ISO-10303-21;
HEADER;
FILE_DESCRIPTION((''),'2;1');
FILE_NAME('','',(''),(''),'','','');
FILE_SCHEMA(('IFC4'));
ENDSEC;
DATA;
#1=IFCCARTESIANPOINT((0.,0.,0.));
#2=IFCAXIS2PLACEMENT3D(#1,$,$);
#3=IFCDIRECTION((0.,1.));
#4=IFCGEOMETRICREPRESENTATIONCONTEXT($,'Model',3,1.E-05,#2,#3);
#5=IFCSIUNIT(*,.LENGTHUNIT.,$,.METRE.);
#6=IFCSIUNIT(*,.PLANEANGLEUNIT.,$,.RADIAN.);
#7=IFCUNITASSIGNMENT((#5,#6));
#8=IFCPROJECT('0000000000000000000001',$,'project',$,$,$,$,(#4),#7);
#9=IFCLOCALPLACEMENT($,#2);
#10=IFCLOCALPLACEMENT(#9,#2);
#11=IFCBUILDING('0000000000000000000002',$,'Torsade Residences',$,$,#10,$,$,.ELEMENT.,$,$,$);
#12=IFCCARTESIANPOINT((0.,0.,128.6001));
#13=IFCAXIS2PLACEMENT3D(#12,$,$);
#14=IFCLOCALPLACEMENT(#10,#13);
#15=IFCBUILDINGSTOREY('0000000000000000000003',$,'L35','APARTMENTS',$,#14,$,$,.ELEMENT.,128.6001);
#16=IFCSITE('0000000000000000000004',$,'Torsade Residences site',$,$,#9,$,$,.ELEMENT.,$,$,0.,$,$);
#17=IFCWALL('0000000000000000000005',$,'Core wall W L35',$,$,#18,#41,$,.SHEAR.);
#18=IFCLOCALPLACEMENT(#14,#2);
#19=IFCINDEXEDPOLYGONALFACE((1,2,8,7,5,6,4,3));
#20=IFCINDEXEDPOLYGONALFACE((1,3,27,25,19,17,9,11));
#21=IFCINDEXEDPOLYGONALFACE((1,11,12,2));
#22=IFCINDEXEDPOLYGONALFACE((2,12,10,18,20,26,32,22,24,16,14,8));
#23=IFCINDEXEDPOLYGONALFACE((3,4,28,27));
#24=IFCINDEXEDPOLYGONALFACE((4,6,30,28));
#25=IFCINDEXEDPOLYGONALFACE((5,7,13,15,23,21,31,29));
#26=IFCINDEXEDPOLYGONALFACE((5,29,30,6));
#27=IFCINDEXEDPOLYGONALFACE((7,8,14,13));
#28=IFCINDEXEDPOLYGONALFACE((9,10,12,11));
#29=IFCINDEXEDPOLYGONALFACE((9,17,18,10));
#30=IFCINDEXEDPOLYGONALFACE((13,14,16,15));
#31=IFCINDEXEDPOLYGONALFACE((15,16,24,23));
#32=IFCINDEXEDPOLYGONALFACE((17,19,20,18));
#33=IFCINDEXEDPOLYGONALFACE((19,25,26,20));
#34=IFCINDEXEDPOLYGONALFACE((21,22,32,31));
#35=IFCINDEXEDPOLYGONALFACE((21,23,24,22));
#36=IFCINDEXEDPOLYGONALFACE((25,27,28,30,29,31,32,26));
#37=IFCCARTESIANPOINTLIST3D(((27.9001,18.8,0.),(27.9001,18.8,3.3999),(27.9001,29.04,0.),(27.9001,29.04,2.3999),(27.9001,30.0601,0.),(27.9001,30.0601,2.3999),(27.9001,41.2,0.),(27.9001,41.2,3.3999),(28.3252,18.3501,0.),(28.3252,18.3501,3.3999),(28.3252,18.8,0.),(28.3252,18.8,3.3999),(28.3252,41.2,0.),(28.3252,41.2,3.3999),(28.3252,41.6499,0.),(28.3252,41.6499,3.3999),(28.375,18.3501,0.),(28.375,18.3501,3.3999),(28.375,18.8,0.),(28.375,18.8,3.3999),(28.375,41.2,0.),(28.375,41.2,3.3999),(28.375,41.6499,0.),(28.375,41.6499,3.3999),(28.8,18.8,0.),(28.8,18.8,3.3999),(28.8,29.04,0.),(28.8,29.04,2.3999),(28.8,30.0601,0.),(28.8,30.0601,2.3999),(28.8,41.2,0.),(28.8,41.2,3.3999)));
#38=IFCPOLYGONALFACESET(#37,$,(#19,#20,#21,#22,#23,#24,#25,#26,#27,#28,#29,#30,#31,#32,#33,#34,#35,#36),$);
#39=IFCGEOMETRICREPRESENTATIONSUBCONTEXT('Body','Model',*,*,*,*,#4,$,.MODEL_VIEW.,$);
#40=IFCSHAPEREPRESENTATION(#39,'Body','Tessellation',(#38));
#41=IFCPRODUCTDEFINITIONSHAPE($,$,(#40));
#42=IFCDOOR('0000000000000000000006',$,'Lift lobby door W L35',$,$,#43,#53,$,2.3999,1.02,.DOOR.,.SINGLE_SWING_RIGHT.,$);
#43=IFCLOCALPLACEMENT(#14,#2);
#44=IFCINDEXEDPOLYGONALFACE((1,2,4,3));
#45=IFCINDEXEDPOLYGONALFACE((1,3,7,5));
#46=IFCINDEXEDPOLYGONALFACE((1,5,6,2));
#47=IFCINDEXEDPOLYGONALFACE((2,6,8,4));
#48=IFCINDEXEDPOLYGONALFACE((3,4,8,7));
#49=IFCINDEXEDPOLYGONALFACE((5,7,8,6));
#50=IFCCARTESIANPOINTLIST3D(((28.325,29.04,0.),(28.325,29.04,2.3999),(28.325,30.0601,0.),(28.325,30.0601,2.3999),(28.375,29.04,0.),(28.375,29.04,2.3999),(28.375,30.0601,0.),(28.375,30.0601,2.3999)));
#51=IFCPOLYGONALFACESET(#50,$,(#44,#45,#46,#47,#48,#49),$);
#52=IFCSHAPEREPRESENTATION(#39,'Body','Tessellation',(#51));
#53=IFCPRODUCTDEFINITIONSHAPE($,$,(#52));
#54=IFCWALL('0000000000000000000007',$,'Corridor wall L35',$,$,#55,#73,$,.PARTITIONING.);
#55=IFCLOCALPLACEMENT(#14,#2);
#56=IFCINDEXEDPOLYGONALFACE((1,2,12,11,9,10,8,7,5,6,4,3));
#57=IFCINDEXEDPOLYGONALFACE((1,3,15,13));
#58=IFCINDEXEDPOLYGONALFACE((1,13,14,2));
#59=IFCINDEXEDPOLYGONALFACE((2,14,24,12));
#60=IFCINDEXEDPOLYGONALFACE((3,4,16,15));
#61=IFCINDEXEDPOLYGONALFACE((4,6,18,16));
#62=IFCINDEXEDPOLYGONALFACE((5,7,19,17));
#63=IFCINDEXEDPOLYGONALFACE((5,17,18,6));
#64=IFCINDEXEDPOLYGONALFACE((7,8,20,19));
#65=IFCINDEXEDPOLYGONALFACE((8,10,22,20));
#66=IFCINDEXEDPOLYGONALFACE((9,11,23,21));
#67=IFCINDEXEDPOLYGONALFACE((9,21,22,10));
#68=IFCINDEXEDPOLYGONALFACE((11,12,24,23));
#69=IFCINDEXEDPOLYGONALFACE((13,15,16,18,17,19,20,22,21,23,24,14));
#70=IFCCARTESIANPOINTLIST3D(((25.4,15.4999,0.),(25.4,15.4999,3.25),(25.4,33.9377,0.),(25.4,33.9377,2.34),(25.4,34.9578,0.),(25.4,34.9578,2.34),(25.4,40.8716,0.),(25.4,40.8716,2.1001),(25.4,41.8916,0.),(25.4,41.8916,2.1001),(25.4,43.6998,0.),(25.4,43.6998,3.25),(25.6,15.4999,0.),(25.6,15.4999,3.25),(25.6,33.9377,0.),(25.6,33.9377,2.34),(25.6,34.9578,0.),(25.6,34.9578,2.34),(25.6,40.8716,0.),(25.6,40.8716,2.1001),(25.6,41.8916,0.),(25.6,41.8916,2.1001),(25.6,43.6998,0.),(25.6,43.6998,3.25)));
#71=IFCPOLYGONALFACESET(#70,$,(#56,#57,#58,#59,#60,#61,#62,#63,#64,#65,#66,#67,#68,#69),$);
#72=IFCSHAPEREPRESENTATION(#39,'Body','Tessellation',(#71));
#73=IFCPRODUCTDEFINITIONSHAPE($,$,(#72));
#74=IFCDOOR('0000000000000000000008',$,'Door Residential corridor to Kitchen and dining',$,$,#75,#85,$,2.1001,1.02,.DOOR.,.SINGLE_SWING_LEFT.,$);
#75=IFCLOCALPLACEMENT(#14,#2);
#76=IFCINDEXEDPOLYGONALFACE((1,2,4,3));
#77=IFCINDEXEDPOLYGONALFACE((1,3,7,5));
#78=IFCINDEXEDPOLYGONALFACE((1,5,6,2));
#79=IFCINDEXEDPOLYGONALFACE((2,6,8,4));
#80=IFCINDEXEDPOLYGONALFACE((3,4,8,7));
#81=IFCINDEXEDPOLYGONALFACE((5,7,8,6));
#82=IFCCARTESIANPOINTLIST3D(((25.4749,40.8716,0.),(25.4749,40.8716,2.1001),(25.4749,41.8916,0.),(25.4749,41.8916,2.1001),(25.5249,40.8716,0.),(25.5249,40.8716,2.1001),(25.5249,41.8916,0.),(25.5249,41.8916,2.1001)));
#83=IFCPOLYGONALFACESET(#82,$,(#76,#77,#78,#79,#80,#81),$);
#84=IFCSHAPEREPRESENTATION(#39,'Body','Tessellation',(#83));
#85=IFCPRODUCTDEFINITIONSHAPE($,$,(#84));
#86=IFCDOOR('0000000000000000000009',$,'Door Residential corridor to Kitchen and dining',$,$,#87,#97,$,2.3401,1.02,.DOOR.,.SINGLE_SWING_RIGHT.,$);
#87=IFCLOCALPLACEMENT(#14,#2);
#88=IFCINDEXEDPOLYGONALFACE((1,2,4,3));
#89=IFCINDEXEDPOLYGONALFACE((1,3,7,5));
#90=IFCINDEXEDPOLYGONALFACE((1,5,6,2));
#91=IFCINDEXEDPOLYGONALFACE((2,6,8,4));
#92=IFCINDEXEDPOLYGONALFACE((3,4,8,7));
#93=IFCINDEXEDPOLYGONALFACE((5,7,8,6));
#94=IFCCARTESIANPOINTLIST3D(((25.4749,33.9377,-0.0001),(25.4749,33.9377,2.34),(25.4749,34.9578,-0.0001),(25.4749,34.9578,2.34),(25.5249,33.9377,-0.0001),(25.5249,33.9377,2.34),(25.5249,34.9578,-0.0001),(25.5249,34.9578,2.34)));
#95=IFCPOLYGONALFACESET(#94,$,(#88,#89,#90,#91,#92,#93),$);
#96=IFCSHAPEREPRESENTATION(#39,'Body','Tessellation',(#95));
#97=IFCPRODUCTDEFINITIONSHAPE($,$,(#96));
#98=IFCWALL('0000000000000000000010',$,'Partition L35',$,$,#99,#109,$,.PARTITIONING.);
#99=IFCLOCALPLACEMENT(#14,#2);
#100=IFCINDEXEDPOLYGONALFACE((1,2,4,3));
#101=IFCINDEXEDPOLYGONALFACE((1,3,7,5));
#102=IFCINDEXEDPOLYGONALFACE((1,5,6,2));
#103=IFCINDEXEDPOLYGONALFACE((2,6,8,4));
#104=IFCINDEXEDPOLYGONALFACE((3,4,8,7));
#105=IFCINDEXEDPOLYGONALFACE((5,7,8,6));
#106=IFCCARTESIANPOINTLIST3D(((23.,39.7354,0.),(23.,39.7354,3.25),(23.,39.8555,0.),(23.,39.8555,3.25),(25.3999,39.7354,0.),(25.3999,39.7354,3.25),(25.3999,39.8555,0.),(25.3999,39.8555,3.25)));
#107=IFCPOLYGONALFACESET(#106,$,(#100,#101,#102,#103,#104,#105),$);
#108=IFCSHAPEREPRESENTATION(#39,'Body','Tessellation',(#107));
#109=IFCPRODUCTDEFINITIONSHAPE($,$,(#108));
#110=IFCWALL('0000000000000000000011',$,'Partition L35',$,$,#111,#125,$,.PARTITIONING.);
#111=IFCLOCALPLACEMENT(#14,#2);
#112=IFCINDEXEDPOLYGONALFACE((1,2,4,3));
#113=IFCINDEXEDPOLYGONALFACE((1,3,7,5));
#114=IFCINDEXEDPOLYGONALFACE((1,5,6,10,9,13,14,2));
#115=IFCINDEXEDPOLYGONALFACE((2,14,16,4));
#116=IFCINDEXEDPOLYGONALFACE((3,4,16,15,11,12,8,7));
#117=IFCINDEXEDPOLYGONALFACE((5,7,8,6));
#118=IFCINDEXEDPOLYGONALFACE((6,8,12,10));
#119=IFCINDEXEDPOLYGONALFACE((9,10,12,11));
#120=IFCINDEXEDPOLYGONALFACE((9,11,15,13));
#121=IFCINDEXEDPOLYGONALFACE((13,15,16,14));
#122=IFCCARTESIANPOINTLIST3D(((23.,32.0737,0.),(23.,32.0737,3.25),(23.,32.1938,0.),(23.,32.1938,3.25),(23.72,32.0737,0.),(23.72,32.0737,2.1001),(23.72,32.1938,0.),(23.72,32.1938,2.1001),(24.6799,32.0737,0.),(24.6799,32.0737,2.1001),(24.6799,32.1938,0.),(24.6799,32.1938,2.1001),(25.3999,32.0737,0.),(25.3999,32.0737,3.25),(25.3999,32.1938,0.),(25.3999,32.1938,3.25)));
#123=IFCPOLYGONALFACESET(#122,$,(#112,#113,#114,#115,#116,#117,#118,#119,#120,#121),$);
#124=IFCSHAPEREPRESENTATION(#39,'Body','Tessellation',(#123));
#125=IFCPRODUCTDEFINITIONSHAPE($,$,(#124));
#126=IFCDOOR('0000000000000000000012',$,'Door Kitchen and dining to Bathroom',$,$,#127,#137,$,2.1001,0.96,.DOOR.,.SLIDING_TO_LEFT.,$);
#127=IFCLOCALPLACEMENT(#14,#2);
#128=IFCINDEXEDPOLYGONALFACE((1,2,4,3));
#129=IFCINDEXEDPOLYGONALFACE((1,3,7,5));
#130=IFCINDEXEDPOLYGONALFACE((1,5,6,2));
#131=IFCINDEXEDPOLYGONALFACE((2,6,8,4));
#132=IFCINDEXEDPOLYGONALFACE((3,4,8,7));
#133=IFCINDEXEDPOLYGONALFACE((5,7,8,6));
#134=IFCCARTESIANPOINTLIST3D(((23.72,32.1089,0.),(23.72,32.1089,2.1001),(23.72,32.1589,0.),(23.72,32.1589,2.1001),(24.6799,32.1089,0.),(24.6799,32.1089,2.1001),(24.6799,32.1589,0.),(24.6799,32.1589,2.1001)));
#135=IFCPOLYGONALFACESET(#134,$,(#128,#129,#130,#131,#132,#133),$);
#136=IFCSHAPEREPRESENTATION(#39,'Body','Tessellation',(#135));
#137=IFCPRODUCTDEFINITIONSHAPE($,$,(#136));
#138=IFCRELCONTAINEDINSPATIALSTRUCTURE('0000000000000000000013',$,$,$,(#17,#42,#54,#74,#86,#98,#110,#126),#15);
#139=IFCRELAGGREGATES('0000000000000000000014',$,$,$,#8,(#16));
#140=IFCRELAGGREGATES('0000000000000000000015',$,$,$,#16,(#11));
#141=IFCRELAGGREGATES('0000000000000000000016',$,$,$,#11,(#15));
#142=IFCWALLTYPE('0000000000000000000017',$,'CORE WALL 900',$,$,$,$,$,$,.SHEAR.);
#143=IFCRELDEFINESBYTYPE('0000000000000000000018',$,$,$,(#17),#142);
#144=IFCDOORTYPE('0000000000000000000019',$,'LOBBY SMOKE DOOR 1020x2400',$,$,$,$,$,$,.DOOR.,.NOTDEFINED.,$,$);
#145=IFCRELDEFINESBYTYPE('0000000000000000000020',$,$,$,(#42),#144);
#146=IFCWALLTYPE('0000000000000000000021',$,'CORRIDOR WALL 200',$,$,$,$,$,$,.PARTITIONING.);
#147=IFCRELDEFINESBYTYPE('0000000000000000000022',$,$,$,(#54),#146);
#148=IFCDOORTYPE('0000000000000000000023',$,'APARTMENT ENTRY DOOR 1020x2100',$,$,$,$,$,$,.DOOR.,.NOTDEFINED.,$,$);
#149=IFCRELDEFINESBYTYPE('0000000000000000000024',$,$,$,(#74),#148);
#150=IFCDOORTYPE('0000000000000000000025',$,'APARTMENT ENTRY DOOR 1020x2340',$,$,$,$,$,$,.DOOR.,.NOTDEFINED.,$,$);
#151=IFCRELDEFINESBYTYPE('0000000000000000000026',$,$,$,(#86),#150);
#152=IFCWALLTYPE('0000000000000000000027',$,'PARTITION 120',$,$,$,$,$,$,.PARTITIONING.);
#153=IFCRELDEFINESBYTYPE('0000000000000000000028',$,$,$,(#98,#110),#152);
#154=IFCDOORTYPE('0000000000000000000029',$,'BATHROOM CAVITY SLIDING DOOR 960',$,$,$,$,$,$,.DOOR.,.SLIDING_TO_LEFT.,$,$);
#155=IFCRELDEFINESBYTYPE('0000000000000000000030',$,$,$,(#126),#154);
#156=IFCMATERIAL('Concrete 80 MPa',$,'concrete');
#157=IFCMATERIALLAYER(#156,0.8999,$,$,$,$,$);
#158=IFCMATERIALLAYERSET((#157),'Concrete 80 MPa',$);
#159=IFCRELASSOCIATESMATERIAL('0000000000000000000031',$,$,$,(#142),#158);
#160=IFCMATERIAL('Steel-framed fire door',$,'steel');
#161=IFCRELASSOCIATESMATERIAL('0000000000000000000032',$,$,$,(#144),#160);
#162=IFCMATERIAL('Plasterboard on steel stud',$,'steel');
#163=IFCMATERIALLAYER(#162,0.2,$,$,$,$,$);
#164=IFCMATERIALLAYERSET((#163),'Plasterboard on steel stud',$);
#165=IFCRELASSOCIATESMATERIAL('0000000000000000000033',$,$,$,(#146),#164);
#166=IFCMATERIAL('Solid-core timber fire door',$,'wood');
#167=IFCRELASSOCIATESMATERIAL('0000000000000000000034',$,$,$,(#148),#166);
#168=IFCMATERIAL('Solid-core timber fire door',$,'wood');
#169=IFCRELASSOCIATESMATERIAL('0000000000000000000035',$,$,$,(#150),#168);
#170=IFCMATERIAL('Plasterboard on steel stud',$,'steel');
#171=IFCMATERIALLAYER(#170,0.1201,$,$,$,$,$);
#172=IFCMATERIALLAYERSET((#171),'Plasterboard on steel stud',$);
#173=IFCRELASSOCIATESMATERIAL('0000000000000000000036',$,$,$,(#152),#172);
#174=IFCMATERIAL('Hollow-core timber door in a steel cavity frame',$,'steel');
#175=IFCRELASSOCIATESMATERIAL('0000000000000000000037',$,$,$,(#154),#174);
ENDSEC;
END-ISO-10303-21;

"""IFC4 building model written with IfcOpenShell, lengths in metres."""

from ifc_helpers import new_model, si_unit, direction, frame, frame_2d, origin, place, context, subcontext, project, spatial, polyline, rectangle, outline, extrude, material, layer, layer_set, type_object, element, fill, save


model = new_model("IFC4")

# Units and contexts
model_context = context("Model", 3, precision=1e-05, world=origin(), true_north=direction((0.0, 1.0)))
body_context = subcontext(model_context, "Body", "Model", "MODEL_VIEW")
ifc_project = project(units=[si_unit("LENGTHUNIT", "METRE"), si_unit("PLANEANGLEUNIT", "RADIAN")], contexts=[model_context])

# Site, building, storey
site_placement = place(None, origin())
site = spatial("IfcSite", under=ifc_project, at=site_placement, Name="Torsade Residences site", CompositionType="ELEMENT", RefElevation=0.0)
building_placement = place(site_placement, origin())
building = spatial("IfcBuilding", under=site, at=building_placement, Name="Torsade Residences", CompositionType="ELEMENT")
storey_placement = place(building_placement, frame((0.0, 0.0, 128.6001)))
storey = spatial("IfcBuildingStorey", under=building, at=storey_placement, Name="L35", Description="APARTMENTS", CompositionType="ELEMENT", Elevation=128.6001)

# Shared definitions
ifc_material_1 = material(Name="Concrete 80 MPa", Category="concrete")
ifc_layer_1 = layer(ifc_material_1, 0.8999)
ifc_layer_set_1 = layer_set([ifc_layer_1], Name="Concrete 80 MPa")
wall_type_1 = type_object("IfcWallType", Name="CORE WALL 900", PredefinedType="SHEAR", material=ifc_layer_set_1)

# Wall, opening, door
wall_1_placement = place(storey_placement, frame((28.3501, 41.2, 0.0), z_axis=(0.0, 0.0, 1.0), x_axis=(0.0, -1.0, 0.0)))
wall_1 = element("IfcWall", 1, at=wall_1_placement, inside=storey, type_object=wall_type_1, Name="Core wall W L35", PredefinedType="SHEAR", context=body_context, shape_type="SweptSolid", body=[
    extrude(outline(polyline([(0.0, -0.45), (22.3999, -0.45), (22.3999, -0.0249), (22.8499, -0.0249), (22.8499, 0.0249), (22.3999, 0.0249), (22.3999, 0.45), (0.0, 0.45), (0.0, 0.0249), (-0.45, 0.0249), (-0.45, -0.0249), (0.0, -0.0249), (0.0, -0.45)])), origin(), (0.0, 0.0, 1.0), 3.3999),
])
opening_1_placement = place(wall_1_placement, frame((11.1399, 0.0, 0.0)))
opening_1 = element("IfcOpeningElement", 2, at=opening_1_placement, cuts=wall_1, PredefinedType="OPENING", context=body_context, shape_type="SweptSolid", body=[
    extrude(rectangle(XDim=1.02, YDim=2.3999, at=frame_2d((0.51, 1.2))), frame((0.0, 0.46, 0.0), z_axis=(0.0, -1.0, 0.0), x_axis=(1.0, 0.0, 0.0)), (0.0, 0.0, 1.0), 0.9199),
])
ifc_material_2 = material(Name="Steel-framed fire door", Category="steel")
door_type_1 = type_object("IfcDoorType", Name="LOBBY SMOKE DOOR 1020x2400", OperationType="NOTDEFINED", PredefinedType="DOOR", material=ifc_material_2)
door_1_placement = place(opening_1_placement, origin())
door_1 = element("IfcDoor", 3, at=door_1_placement, inside=storey, type_object=door_type_1, Name="Lift lobby door W L35", OperationType="SINGLE_SWING_RIGHT", OverallHeight=2.3999, OverallWidth=1.02, PredefinedType="DOOR", context=body_context, shape_type="SweptSolid", body=[
    extrude(rectangle(XDim=1.02, YDim=2.3999, at=frame_2d((0.51, 1.2))), frame((0.0, 0.0249, 0.0), z_axis=(0.0, -1.0, 0.0), x_axis=(1.0, 0.0, 0.0)), (0.0, 0.0, 1.0), 0.05),
])
fill(opening_1, door_1)

# Wall, openings, doors
ifc_material_3 = material(Name="Plasterboard on steel stud", Category="steel")
ifc_layer_2 = layer(ifc_material_3, 0.2)
ifc_layer_set_2 = layer_set([ifc_layer_2], Name="Plasterboard on steel stud")
wall_type_2 = type_object("IfcWallType", Name="CORRIDOR WALL 200", PredefinedType="PARTITIONING", material=ifc_layer_set_2)
wall_2_placement = place(storey_placement, frame((25.5, 43.7, 0.0), z_axis=(0.0, 0.0, 1.0), x_axis=(0.0, -1.0, 0.0)))
wall_2 = element("IfcWall", 4, at=wall_2_placement, inside=storey, type_object=wall_type_2, Name="Corridor wall L35", PredefinedType="PARTITIONING", context=body_context, shape_type="SweptSolid", body=[
    extrude(rectangle(XDim=28.2, YDim=0.2, at=frame_2d((14.1001, 0.0))), origin(), (0.0, 0.0, 1.0), 3.25),
])
opening_2_placement = place(wall_2_placement, frame((8.7422, 0.0, 0.0)))
opening_2 = element("IfcOpeningElement", 5, at=opening_2_placement, cuts=wall_2, PredefinedType="OPENING", context=body_context, shape_type="SweptSolid", body=[
    extrude(rectangle(XDim=1.02, YDim=2.3401, at=frame_2d((0.51, 1.1699))), frame((0.0, 0.1099, 0.0), z_axis=(0.0, -1.0, 0.0), x_axis=(1.0, 0.0, 0.0)), (0.0, 0.0, 1.0), 0.22),
])
opening_3_placement = place(wall_2_placement, frame((1.8083, 0.0, 0.0)))
opening_3 = element("IfcOpeningElement", 6, at=opening_3_placement, cuts=wall_2, PredefinedType="OPENING", context=body_context, shape_type="SweptSolid", body=[
    extrude(rectangle(XDim=1.02, YDim=2.1001, at=frame_2d((0.51, 1.05))), frame((0.0, 0.1099, 0.0), z_axis=(0.0, -1.0, 0.0), x_axis=(1.0, 0.0, 0.0)), (0.0, 0.0, 1.0), 0.22),
])
ifc_material_4 = material(Name="Solid-core timber fire door", Category="wood")
door_type_2 = type_object("IfcDoorType", Name="APARTMENT ENTRY DOOR 1020x2100", OperationType="NOTDEFINED", PredefinedType="DOOR", material=ifc_material_4)
door_2_placement = place(opening_3_placement, origin())
door_2 = element("IfcDoor", 7, at=door_2_placement, inside=storey, type_object=door_type_2, Name="Door Residential corridor to Kitchen and dining", OperationType="SINGLE_SWING_LEFT", OverallHeight=2.1001, OverallWidth=1.02, PredefinedType="DOOR", context=body_context, shape_type="SweptSolid", body=[
    extrude(rectangle(XDim=1.02, YDim=2.1001, at=frame_2d((0.51, 1.05))), frame((0.0, 0.0249, 0.0), z_axis=(0.0, -1.0, 0.0), x_axis=(1.0, 0.0, 0.0)), (0.0, 0.0, 1.0), 0.05),
])
fill(opening_3, door_2)
ifc_material_5 = material(Name="Solid-core timber fire door", Category="wood")
door_type_3 = type_object("IfcDoorType", Name="APARTMENT ENTRY DOOR 1020x2340", OperationType="NOTDEFINED", PredefinedType="DOOR", material=ifc_material_5)
door_3_placement = place(opening_2_placement, origin())
door_3 = element("IfcDoor", 8, at=door_3_placement, inside=storey, type_object=door_type_3, Name="Door Residential corridor to Kitchen and dining", OperationType="SINGLE_SWING_RIGHT", OverallHeight=2.3401, OverallWidth=1.02, PredefinedType="DOOR", context=body_context, shape_type="SweptSolid", body=[
    extrude(rectangle(XDim=1.02, YDim=2.3401, at=frame_2d((0.51, 1.1699))), frame((0.0, 0.0249, 0.0), z_axis=(0.0, -1.0, 0.0), x_axis=(1.0, 0.0, 0.0)), (0.0, 0.0, 1.0), 0.05),
])
fill(opening_2, door_3)

# Wall
ifc_material_6 = material(Name="Plasterboard on steel stud", Category="steel")
ifc_layer_3 = layer(ifc_material_6, 0.1201)
ifc_layer_set_3 = layer_set([ifc_layer_3], Name="Plasterboard on steel stud")
wall_type_3 = type_object("IfcWallType", Name="PARTITION 120", PredefinedType="PARTITIONING", material=ifc_layer_set_3)
wall_3_placement = place(storey_placement, frame((25.3999, 39.7954, 0.0), z_axis=(0.0, 0.0, 1.0), x_axis=(-1.0, 0.0, 0.0)))
element("IfcWall", 9, at=wall_3_placement, inside=storey, type_object=wall_type_3, Name="Partition L35", PredefinedType="PARTITIONING", context=body_context, shape_type="SweptSolid", body=[
    extrude(rectangle(XDim=2.3999, YDim=0.1201, at=frame_2d((1.2, 0.0))), origin(), (0.0, 0.0, 1.0), 3.25),
])

# Wall, opening, door
wall_4_placement = place(storey_placement, frame((25.3999, 32.1338, 0.0), z_axis=(0.0, 0.0, 1.0), x_axis=(-1.0, 0.0, 0.0)))
wall_4 = element("IfcWall", 10, at=wall_4_placement, inside=storey, type_object=wall_type_3, Name="Partition L35", PredefinedType="PARTITIONING", context=body_context, shape_type="SweptSolid", body=[
    extrude(rectangle(XDim=2.3999, YDim=0.1201, at=frame_2d((1.2, 0.0))), origin(), (0.0, 0.0, 1.0), 3.25),
])
opening_4_placement = place(wall_4_placement, frame((0.72, 0.0, 0.0)))
opening_4 = element("IfcOpeningElement", 11, at=opening_4_placement, cuts=wall_4, PredefinedType="OPENING", context=body_context, shape_type="SweptSolid", body=[
    extrude(rectangle(XDim=0.96, YDim=2.1001, at=frame_2d((0.48, 1.05))), frame((0.0, 0.0701, 0.0), z_axis=(0.0, -1.0, 0.0), x_axis=(1.0, 0.0, 0.0)), (0.0, 0.0, 1.0), 0.1401),
])
ifc_material_7 = material(Name="Hollow-core timber door in a steel cavity frame", Category="steel")
door_type_4 = type_object("IfcDoorType", Name="BATHROOM CAVITY SLIDING DOOR 960", OperationType="SLIDING_TO_LEFT", PredefinedType="DOOR", material=ifc_material_7)
door_4_placement = place(opening_4_placement, origin())
door_4 = element("IfcDoor", 12, at=door_4_placement, inside=storey, type_object=door_type_4, Name="Door Kitchen and dining to Bathroom", OperationType="SLIDING_TO_LEFT", OverallHeight=2.1001, OverallWidth=0.96, PredefinedType="DOOR", context=body_context, shape_type="SweptSolid", body=[
    extrude(rectangle(XDim=0.96, YDim=2.1001, at=frame_2d((0.48, 1.05))), frame((0.0, 0.0249, 0.0), z_axis=(0.0, -1.0, 0.0), x_axis=(1.0, 0.0, 0.0)), (0.0, 0.0, 1.0), 0.05),
])
fill(opening_4, door_4)

save(model, "model.ifc")
